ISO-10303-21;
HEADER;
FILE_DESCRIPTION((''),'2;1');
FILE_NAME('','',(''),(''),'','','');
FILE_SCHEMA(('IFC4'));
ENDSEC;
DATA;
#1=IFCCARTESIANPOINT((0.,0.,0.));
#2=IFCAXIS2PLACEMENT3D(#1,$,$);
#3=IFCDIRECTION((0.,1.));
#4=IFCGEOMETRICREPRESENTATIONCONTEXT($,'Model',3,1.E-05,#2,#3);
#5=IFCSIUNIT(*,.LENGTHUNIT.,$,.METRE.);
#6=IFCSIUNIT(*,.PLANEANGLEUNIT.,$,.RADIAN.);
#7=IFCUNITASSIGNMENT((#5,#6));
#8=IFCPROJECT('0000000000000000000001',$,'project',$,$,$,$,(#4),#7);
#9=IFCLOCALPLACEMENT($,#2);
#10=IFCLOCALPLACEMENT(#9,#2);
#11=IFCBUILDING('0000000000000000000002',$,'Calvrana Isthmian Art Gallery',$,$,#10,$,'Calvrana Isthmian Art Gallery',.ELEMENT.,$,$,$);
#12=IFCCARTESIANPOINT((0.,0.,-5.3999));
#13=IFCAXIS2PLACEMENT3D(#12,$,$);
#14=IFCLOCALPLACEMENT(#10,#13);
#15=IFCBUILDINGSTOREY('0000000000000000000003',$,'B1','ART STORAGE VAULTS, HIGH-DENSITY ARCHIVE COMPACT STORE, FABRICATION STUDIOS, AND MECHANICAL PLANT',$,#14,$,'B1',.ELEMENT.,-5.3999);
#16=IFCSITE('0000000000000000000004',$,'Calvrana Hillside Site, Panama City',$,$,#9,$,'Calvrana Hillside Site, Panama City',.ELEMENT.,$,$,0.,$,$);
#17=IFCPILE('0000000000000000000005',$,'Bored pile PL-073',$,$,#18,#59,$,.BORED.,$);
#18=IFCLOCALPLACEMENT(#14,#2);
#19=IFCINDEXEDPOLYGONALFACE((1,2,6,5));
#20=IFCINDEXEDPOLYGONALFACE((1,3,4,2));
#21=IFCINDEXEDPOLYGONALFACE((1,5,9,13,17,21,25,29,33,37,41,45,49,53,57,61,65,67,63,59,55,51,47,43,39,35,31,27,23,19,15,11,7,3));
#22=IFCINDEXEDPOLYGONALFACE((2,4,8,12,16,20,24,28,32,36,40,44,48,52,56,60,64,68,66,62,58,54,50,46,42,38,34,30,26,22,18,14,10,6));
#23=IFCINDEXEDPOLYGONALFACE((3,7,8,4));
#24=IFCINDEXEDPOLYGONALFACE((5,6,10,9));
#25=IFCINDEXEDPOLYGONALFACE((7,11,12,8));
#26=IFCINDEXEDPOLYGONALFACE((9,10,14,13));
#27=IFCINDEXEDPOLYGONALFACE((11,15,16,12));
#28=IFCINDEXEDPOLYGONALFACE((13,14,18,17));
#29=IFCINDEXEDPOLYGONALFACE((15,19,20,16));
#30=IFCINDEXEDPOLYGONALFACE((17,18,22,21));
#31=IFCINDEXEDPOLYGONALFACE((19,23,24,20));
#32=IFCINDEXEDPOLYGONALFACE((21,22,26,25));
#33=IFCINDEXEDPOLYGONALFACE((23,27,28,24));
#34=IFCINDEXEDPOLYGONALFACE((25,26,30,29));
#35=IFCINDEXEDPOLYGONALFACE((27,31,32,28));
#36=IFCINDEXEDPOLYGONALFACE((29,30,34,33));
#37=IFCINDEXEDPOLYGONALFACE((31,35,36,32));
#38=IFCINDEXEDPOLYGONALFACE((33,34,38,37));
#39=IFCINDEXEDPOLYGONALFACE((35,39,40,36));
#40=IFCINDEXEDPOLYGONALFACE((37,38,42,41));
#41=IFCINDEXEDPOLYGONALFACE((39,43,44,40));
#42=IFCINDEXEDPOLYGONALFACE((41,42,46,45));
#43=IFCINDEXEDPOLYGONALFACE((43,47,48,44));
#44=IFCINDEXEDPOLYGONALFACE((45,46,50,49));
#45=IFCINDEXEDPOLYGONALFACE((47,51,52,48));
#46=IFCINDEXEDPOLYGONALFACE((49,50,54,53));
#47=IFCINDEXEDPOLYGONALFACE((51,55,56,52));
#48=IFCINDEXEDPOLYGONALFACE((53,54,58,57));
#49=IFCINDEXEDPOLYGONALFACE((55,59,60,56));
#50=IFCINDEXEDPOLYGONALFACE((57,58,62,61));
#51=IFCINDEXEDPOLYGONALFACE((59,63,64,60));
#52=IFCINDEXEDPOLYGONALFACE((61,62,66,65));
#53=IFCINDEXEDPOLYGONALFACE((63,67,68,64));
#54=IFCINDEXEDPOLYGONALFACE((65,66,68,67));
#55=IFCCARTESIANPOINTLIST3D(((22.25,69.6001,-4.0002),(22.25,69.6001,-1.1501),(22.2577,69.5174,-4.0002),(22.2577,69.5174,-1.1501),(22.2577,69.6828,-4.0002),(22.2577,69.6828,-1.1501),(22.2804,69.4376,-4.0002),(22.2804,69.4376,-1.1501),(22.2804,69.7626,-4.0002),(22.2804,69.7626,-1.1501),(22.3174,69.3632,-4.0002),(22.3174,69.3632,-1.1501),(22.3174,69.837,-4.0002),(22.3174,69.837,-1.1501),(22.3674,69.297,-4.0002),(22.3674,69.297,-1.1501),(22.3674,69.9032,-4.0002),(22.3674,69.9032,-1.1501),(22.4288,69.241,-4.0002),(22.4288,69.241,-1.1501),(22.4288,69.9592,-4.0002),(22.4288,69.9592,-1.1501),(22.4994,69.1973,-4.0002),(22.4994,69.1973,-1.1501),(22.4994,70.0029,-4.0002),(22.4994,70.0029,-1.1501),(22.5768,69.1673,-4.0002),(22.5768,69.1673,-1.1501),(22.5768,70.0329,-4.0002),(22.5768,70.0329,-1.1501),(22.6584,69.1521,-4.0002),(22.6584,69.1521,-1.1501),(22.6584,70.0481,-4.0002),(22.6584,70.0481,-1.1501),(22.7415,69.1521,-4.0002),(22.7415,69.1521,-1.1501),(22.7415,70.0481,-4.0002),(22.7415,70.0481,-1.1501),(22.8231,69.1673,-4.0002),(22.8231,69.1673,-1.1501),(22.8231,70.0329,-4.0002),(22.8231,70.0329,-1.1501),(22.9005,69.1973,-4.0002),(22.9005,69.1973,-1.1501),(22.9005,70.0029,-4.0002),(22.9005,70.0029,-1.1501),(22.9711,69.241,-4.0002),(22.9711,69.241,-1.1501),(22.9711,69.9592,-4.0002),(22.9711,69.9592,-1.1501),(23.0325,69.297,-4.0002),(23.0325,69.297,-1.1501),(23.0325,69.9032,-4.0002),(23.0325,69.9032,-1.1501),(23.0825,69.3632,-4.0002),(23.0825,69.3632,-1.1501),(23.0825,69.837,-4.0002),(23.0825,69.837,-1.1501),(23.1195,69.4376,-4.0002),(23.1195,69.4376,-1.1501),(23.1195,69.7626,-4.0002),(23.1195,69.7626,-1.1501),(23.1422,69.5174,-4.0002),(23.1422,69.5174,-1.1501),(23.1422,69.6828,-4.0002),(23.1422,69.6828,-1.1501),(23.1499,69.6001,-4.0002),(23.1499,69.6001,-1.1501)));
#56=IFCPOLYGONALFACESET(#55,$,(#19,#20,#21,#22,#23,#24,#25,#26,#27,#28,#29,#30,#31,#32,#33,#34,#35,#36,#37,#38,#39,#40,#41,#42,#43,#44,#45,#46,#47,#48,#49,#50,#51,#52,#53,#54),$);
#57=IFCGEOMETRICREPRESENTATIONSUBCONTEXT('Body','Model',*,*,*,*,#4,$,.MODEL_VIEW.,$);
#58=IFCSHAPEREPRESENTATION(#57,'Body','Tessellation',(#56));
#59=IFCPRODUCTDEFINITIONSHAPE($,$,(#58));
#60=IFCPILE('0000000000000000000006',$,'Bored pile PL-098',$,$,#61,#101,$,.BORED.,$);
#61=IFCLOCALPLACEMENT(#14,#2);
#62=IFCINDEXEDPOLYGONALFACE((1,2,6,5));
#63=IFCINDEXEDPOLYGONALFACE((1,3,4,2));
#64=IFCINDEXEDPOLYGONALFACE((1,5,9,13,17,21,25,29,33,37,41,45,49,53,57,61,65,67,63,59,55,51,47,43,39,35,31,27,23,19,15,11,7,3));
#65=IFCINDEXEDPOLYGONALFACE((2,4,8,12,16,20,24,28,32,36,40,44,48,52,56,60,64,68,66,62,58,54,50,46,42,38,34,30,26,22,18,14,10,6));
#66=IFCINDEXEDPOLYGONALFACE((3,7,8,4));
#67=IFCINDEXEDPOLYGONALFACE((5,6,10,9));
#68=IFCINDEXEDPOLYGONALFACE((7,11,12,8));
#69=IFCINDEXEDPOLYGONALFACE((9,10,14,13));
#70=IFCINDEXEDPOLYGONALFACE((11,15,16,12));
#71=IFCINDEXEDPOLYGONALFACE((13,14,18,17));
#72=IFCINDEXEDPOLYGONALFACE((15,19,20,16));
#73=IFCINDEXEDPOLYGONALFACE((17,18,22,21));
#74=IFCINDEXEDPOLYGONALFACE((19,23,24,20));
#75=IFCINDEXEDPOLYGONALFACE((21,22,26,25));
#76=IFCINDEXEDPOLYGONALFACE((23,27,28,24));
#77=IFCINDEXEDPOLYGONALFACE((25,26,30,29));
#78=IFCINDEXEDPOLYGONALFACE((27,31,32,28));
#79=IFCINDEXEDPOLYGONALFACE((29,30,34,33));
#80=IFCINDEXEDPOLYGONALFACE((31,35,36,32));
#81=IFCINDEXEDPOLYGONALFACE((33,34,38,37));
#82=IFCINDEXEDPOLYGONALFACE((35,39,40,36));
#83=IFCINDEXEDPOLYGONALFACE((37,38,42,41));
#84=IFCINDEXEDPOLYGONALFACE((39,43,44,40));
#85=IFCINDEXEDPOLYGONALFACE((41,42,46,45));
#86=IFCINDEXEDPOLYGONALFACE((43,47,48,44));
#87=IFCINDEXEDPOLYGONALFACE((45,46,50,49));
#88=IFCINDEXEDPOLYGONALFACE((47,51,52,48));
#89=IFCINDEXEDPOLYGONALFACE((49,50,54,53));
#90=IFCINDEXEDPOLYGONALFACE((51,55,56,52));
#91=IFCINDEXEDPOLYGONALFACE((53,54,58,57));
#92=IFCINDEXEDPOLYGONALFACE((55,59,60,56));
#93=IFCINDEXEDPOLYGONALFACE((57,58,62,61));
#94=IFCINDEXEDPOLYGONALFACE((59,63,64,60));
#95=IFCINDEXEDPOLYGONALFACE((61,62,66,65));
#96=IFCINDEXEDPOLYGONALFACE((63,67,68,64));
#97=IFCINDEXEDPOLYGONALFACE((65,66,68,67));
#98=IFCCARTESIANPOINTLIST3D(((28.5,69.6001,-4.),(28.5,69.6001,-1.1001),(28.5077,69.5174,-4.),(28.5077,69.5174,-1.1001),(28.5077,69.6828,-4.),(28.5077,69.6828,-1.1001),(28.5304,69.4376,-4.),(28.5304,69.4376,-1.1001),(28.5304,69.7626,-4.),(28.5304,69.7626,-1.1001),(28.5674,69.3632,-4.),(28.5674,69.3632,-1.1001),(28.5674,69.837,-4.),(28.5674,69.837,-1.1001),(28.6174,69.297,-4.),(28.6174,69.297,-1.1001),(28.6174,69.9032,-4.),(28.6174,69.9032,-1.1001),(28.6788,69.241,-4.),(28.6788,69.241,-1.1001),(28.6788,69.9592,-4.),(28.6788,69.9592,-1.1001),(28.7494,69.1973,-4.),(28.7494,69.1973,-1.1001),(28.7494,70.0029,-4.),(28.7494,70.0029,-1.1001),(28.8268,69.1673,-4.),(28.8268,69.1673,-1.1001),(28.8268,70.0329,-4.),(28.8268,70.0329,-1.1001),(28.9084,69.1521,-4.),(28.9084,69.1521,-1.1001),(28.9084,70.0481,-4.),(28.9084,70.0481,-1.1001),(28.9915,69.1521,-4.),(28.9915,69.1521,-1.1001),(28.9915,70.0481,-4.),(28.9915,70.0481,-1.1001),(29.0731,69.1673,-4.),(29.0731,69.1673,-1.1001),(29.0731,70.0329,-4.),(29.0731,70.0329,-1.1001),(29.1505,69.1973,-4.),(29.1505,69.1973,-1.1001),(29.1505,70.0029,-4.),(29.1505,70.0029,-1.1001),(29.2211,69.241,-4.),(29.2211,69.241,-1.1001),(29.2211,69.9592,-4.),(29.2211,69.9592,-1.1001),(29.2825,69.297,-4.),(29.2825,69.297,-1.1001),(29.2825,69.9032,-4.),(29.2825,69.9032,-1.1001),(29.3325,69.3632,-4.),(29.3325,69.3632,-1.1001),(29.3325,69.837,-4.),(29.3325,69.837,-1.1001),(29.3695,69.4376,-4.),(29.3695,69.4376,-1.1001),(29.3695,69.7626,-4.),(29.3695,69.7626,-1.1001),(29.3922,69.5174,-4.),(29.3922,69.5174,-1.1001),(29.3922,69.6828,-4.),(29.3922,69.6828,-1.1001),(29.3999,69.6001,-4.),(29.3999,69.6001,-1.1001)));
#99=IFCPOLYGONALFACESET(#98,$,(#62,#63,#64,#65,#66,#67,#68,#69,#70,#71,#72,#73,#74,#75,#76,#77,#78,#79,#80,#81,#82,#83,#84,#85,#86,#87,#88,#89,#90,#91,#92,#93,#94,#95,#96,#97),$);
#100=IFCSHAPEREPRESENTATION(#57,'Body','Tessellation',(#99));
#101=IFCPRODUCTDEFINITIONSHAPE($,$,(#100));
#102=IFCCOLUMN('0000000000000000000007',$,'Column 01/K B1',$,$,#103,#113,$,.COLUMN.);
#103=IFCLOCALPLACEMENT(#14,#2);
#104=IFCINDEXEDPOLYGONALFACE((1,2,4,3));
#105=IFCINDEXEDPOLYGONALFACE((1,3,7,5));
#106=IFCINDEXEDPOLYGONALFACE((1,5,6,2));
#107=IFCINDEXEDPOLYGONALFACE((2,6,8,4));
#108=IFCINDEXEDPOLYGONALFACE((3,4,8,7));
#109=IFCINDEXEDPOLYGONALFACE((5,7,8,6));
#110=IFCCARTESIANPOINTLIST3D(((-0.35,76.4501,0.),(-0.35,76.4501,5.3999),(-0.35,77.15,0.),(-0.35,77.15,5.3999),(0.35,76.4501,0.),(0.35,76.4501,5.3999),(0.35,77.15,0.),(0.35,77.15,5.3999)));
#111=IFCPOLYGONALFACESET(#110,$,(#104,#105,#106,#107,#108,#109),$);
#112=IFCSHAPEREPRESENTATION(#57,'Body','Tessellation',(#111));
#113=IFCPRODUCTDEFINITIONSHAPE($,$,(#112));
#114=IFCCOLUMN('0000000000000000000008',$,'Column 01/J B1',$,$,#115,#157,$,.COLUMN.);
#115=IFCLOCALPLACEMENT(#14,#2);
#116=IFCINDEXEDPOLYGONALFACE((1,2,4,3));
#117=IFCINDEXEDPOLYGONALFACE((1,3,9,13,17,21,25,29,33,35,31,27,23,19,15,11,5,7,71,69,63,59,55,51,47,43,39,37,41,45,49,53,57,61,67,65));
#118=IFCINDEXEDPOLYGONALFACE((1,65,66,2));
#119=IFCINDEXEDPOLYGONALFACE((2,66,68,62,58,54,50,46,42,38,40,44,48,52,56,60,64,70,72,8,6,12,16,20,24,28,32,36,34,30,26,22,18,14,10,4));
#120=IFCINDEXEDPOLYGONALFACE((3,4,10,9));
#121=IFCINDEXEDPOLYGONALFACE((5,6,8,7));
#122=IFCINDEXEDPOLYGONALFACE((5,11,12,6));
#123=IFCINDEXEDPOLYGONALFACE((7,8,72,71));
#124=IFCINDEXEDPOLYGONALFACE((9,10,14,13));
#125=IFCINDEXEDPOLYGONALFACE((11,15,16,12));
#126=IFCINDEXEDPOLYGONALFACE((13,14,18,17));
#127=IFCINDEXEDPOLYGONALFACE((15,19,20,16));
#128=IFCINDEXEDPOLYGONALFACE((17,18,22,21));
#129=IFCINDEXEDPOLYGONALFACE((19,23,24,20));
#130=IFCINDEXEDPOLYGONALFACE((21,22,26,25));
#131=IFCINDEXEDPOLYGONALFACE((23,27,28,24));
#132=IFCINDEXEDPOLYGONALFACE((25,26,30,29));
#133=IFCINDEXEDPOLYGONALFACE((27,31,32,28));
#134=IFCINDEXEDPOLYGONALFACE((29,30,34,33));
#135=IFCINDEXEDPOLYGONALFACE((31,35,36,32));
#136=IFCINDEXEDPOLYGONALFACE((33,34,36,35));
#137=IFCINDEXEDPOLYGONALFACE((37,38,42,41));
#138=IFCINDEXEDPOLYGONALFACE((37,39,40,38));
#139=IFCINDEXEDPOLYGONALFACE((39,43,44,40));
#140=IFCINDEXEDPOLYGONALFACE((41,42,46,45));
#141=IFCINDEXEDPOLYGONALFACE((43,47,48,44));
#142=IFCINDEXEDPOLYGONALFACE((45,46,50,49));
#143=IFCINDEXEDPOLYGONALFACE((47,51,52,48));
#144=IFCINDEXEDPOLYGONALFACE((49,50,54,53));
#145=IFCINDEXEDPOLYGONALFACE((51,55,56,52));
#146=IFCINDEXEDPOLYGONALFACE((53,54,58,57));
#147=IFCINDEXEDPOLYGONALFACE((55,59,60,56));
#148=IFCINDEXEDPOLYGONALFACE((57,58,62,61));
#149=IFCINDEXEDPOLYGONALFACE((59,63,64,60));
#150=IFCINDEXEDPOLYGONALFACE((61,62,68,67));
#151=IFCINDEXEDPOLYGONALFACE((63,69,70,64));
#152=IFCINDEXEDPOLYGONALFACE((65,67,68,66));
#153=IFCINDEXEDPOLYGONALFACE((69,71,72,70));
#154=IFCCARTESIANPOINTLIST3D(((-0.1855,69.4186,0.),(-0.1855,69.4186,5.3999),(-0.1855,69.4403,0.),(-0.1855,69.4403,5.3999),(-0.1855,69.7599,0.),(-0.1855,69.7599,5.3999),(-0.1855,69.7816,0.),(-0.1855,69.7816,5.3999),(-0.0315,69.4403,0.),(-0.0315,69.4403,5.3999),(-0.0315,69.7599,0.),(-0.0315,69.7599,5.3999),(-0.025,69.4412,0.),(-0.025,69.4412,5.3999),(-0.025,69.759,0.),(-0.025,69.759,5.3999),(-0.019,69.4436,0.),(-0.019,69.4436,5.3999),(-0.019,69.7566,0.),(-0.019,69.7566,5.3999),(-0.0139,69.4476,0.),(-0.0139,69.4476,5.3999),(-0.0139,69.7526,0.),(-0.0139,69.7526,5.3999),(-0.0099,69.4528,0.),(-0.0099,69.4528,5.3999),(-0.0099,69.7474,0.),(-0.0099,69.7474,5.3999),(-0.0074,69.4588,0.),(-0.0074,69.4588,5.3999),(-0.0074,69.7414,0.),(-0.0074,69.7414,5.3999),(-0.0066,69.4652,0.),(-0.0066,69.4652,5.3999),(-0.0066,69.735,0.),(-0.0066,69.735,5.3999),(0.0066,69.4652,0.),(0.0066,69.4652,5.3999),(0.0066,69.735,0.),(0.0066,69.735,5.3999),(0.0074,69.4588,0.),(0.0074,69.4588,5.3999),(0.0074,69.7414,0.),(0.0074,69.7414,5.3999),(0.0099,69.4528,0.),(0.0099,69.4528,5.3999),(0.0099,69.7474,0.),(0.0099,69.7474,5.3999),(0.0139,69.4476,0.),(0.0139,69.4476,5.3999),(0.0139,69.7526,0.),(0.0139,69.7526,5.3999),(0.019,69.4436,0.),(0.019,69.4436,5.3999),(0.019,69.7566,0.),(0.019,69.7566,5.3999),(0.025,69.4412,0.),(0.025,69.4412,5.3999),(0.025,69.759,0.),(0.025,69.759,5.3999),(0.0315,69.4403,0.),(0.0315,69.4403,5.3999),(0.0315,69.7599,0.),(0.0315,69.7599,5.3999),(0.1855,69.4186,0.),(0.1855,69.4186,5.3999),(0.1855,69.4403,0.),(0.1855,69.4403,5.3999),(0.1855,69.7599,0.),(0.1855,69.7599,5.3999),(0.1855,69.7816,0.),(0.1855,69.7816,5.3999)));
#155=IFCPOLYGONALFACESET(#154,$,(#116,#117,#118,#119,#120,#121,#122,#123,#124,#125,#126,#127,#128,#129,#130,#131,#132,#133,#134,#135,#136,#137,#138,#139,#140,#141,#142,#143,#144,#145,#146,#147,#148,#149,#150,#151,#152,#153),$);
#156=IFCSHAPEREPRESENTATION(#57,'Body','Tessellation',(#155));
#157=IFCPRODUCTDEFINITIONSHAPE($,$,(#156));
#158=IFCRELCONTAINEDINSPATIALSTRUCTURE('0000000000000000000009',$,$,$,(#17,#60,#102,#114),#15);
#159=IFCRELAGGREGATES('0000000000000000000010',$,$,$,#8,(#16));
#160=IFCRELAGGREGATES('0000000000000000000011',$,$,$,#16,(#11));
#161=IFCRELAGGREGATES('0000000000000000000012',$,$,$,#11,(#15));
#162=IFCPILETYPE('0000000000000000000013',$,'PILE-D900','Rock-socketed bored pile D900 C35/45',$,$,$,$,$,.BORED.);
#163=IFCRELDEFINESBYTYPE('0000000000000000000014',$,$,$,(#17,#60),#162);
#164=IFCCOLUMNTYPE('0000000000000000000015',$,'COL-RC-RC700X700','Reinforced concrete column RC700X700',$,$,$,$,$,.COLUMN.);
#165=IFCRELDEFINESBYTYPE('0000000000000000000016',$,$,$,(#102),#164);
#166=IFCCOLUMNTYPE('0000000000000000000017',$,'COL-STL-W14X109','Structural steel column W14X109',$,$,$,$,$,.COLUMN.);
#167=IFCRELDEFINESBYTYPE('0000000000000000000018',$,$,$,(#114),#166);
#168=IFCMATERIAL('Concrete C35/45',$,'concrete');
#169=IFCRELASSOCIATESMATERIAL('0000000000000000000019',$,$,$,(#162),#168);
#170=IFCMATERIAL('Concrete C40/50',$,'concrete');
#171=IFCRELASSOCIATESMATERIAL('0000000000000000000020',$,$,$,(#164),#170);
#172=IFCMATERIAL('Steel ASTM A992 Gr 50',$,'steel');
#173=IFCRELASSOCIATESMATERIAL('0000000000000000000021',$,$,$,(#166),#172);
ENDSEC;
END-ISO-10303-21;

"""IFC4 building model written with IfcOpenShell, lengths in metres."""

from ifc_helpers import new_model, si_unit, direction, frame, origin, origin_2d, place, context, subcontext, project, spatial, rectangle, circle, i_section, extrude, material, material_profile, profile_set, type_object, element, save


model = new_model("IFC4")

# Units and contexts
model_context = context("Model", 3, precision=1e-05, world=origin(), true_north=direction((0.0, 1.0)))
body_context = subcontext(model_context, "Body", "Model", "MODEL_VIEW")
ifc_project = project(units=[si_unit("LENGTHUNIT", "METRE"), si_unit("PLANEANGLEUNIT", "RADIAN")], contexts=[model_context])

# Site, building, storey
site_placement = place(None, origin())
site = spatial("IfcSite", under=ifc_project, at=site_placement, Name="Calvrana Hillside Site, Panama City", LongName="Calvrana Hillside Site, Panama City", CompositionType="ELEMENT", RefElevation=0.0)
building_placement = place(site_placement, origin())
building = spatial("IfcBuilding", under=site, at=building_placement, Name="Calvrana Isthmian Art Gallery", LongName="Calvrana Isthmian Art Gallery", CompositionType="ELEMENT")
storey_placement = place(building_placement, frame((0.0, 0.0, -5.3999)))
storey = spatial("IfcBuildingStorey", under=building, at=storey_placement, Name="B1", Description="ART STORAGE VAULTS, HIGH-DENSITY ARCHIVE COMPACT STORE, FABRICATION STUDIOS, AND MECHANICAL PLANT", LongName="B1", CompositionType="ELEMENT", Elevation=-5.3999)

# Shared definitions
ifc_material_1 = material(Name="Concrete C35/45", Category="concrete")

# Piles
ifc_material_profile_1 = material_profile(ifc_material_1, circle(Radius=0.45, at=origin_2d()), Name="PILE900D")
ifc_profile_set_1 = profile_set([ifc_material_profile_1], Name="Concrete C35/45")
pile_type = type_object("IfcPileType", Name="PILE-D900", Description="Rock-socketed bored pile D900 C35/45", PredefinedType="BORED", material=ifc_profile_set_1)
for number, where, z_axis, x_axis, name in (
    (1, (22.7, 69.6001, -1.1501), (0.0, 0.0, -1.0), (1.0, 0.0, 0.0), "Bored pile PL-073"),
):
    element("IfcPile", number, at=place(storey_placement, frame(where, z_axis=z_axis, x_axis=x_axis)), inside=storey, type_object=pile_type, Name=name, PredefinedType="BORED", context=body_context, shape_type="SweptSolid", body=[
        extrude(circle(Radius=0.45, at=origin_2d()), origin(), (0.0, 0.0, 1.0), 2.8501),
    ])
pile_1_placement = place(storey_placement, frame((28.95, 69.6001, -1.1001), z_axis=(0.0, 0.0, -1.0), x_axis=(1.0, 0.0, 0.0)))
element("IfcPile", 2, at=pile_1_placement, inside=storey, type_object=pile_type, Name="Bored pile PL-098", PredefinedType="BORED", context=body_context, shape_type="SweptSolid", body=[
    extrude(circle(Radius=0.45, at=origin_2d()), origin(), (0.0, 0.0, 1.0), 2.8999),
])

# Columns
ifc_material_2 = material(Name="Concrete C40/50", Category="concrete")
ifc_material_profile_2 = material_profile(ifc_material_2, rectangle(XDim=0.7, YDim=0.7, at=origin_2d()), Name="RC700X700")
ifc_profile_set_2 = profile_set([ifc_material_profile_2], Name="Concrete C40/50")
column_type_1 = type_object("IfcColumnType", Name="COL-RC-RC700X700", Description="Reinforced concrete column RC700X700", PredefinedType="COLUMN", material=ifc_profile_set_2)
column_1_placement = place(storey_placement, frame((0.0, 76.8, 0.0), z_axis=(0.0, 0.0, 1.0), x_axis=(1.0, 0.0, 0.0)))
element("IfcColumn", 3, at=column_1_placement, inside=storey, type_object=column_type_1, Name="Column 01/K B1", PredefinedType="COLUMN", context=body_context, shape_type="SweptSolid", body=[
    extrude(rectangle(XDim=0.7, YDim=0.7, at=origin_2d()), origin(), (0.0, 0.0, 1.0), 5.3999),
])
ifc_material_3 = material(Name="Steel ASTM A992 Gr 50", Category="steel")
ifc_material_profile_3 = material_profile(ifc_material_3, i_section(OverallWidth=0.3711, OverallDepth=0.363, WebThickness=0.0132, FlangeThickness=0.0217, FilletRadius=0.0249, at=origin_2d()), Name="W14X109")
ifc_profile_set_3 = profile_set([ifc_material_profile_3], Name="Steel ASTM A992 Gr 50")
column_type_2 = type_object("IfcColumnType", Name="COL-STL-W14X109", Description="Structural steel column W14X109", PredefinedType="COLUMN", material=ifc_profile_set_3)
for number, where, z_axis, x_axis, name in (
    (4, (0.0, 69.6001, 0.0), (0.0, 0.0, 1.0), (1.0, 0.0, 0.0), "Column 01/J B1"),
):
    element("IfcColumn", number, at=place(storey_placement, frame(where, z_axis=z_axis, x_axis=x_axis)), inside=storey, type_object=column_type_2, Name=name, PredefinedType="COLUMN", context=body_context, shape_type="SweptSolid", body=[
        extrude(i_section(OverallWidth=0.3711, OverallDepth=0.363, WebThickness=0.0132, FlangeThickness=0.0217, FilletRadius=0.0249, at=origin_2d()), origin(), (0.0, 0.0, 1.0), 5.3999),
    ])

save(model, "model.ifc")
